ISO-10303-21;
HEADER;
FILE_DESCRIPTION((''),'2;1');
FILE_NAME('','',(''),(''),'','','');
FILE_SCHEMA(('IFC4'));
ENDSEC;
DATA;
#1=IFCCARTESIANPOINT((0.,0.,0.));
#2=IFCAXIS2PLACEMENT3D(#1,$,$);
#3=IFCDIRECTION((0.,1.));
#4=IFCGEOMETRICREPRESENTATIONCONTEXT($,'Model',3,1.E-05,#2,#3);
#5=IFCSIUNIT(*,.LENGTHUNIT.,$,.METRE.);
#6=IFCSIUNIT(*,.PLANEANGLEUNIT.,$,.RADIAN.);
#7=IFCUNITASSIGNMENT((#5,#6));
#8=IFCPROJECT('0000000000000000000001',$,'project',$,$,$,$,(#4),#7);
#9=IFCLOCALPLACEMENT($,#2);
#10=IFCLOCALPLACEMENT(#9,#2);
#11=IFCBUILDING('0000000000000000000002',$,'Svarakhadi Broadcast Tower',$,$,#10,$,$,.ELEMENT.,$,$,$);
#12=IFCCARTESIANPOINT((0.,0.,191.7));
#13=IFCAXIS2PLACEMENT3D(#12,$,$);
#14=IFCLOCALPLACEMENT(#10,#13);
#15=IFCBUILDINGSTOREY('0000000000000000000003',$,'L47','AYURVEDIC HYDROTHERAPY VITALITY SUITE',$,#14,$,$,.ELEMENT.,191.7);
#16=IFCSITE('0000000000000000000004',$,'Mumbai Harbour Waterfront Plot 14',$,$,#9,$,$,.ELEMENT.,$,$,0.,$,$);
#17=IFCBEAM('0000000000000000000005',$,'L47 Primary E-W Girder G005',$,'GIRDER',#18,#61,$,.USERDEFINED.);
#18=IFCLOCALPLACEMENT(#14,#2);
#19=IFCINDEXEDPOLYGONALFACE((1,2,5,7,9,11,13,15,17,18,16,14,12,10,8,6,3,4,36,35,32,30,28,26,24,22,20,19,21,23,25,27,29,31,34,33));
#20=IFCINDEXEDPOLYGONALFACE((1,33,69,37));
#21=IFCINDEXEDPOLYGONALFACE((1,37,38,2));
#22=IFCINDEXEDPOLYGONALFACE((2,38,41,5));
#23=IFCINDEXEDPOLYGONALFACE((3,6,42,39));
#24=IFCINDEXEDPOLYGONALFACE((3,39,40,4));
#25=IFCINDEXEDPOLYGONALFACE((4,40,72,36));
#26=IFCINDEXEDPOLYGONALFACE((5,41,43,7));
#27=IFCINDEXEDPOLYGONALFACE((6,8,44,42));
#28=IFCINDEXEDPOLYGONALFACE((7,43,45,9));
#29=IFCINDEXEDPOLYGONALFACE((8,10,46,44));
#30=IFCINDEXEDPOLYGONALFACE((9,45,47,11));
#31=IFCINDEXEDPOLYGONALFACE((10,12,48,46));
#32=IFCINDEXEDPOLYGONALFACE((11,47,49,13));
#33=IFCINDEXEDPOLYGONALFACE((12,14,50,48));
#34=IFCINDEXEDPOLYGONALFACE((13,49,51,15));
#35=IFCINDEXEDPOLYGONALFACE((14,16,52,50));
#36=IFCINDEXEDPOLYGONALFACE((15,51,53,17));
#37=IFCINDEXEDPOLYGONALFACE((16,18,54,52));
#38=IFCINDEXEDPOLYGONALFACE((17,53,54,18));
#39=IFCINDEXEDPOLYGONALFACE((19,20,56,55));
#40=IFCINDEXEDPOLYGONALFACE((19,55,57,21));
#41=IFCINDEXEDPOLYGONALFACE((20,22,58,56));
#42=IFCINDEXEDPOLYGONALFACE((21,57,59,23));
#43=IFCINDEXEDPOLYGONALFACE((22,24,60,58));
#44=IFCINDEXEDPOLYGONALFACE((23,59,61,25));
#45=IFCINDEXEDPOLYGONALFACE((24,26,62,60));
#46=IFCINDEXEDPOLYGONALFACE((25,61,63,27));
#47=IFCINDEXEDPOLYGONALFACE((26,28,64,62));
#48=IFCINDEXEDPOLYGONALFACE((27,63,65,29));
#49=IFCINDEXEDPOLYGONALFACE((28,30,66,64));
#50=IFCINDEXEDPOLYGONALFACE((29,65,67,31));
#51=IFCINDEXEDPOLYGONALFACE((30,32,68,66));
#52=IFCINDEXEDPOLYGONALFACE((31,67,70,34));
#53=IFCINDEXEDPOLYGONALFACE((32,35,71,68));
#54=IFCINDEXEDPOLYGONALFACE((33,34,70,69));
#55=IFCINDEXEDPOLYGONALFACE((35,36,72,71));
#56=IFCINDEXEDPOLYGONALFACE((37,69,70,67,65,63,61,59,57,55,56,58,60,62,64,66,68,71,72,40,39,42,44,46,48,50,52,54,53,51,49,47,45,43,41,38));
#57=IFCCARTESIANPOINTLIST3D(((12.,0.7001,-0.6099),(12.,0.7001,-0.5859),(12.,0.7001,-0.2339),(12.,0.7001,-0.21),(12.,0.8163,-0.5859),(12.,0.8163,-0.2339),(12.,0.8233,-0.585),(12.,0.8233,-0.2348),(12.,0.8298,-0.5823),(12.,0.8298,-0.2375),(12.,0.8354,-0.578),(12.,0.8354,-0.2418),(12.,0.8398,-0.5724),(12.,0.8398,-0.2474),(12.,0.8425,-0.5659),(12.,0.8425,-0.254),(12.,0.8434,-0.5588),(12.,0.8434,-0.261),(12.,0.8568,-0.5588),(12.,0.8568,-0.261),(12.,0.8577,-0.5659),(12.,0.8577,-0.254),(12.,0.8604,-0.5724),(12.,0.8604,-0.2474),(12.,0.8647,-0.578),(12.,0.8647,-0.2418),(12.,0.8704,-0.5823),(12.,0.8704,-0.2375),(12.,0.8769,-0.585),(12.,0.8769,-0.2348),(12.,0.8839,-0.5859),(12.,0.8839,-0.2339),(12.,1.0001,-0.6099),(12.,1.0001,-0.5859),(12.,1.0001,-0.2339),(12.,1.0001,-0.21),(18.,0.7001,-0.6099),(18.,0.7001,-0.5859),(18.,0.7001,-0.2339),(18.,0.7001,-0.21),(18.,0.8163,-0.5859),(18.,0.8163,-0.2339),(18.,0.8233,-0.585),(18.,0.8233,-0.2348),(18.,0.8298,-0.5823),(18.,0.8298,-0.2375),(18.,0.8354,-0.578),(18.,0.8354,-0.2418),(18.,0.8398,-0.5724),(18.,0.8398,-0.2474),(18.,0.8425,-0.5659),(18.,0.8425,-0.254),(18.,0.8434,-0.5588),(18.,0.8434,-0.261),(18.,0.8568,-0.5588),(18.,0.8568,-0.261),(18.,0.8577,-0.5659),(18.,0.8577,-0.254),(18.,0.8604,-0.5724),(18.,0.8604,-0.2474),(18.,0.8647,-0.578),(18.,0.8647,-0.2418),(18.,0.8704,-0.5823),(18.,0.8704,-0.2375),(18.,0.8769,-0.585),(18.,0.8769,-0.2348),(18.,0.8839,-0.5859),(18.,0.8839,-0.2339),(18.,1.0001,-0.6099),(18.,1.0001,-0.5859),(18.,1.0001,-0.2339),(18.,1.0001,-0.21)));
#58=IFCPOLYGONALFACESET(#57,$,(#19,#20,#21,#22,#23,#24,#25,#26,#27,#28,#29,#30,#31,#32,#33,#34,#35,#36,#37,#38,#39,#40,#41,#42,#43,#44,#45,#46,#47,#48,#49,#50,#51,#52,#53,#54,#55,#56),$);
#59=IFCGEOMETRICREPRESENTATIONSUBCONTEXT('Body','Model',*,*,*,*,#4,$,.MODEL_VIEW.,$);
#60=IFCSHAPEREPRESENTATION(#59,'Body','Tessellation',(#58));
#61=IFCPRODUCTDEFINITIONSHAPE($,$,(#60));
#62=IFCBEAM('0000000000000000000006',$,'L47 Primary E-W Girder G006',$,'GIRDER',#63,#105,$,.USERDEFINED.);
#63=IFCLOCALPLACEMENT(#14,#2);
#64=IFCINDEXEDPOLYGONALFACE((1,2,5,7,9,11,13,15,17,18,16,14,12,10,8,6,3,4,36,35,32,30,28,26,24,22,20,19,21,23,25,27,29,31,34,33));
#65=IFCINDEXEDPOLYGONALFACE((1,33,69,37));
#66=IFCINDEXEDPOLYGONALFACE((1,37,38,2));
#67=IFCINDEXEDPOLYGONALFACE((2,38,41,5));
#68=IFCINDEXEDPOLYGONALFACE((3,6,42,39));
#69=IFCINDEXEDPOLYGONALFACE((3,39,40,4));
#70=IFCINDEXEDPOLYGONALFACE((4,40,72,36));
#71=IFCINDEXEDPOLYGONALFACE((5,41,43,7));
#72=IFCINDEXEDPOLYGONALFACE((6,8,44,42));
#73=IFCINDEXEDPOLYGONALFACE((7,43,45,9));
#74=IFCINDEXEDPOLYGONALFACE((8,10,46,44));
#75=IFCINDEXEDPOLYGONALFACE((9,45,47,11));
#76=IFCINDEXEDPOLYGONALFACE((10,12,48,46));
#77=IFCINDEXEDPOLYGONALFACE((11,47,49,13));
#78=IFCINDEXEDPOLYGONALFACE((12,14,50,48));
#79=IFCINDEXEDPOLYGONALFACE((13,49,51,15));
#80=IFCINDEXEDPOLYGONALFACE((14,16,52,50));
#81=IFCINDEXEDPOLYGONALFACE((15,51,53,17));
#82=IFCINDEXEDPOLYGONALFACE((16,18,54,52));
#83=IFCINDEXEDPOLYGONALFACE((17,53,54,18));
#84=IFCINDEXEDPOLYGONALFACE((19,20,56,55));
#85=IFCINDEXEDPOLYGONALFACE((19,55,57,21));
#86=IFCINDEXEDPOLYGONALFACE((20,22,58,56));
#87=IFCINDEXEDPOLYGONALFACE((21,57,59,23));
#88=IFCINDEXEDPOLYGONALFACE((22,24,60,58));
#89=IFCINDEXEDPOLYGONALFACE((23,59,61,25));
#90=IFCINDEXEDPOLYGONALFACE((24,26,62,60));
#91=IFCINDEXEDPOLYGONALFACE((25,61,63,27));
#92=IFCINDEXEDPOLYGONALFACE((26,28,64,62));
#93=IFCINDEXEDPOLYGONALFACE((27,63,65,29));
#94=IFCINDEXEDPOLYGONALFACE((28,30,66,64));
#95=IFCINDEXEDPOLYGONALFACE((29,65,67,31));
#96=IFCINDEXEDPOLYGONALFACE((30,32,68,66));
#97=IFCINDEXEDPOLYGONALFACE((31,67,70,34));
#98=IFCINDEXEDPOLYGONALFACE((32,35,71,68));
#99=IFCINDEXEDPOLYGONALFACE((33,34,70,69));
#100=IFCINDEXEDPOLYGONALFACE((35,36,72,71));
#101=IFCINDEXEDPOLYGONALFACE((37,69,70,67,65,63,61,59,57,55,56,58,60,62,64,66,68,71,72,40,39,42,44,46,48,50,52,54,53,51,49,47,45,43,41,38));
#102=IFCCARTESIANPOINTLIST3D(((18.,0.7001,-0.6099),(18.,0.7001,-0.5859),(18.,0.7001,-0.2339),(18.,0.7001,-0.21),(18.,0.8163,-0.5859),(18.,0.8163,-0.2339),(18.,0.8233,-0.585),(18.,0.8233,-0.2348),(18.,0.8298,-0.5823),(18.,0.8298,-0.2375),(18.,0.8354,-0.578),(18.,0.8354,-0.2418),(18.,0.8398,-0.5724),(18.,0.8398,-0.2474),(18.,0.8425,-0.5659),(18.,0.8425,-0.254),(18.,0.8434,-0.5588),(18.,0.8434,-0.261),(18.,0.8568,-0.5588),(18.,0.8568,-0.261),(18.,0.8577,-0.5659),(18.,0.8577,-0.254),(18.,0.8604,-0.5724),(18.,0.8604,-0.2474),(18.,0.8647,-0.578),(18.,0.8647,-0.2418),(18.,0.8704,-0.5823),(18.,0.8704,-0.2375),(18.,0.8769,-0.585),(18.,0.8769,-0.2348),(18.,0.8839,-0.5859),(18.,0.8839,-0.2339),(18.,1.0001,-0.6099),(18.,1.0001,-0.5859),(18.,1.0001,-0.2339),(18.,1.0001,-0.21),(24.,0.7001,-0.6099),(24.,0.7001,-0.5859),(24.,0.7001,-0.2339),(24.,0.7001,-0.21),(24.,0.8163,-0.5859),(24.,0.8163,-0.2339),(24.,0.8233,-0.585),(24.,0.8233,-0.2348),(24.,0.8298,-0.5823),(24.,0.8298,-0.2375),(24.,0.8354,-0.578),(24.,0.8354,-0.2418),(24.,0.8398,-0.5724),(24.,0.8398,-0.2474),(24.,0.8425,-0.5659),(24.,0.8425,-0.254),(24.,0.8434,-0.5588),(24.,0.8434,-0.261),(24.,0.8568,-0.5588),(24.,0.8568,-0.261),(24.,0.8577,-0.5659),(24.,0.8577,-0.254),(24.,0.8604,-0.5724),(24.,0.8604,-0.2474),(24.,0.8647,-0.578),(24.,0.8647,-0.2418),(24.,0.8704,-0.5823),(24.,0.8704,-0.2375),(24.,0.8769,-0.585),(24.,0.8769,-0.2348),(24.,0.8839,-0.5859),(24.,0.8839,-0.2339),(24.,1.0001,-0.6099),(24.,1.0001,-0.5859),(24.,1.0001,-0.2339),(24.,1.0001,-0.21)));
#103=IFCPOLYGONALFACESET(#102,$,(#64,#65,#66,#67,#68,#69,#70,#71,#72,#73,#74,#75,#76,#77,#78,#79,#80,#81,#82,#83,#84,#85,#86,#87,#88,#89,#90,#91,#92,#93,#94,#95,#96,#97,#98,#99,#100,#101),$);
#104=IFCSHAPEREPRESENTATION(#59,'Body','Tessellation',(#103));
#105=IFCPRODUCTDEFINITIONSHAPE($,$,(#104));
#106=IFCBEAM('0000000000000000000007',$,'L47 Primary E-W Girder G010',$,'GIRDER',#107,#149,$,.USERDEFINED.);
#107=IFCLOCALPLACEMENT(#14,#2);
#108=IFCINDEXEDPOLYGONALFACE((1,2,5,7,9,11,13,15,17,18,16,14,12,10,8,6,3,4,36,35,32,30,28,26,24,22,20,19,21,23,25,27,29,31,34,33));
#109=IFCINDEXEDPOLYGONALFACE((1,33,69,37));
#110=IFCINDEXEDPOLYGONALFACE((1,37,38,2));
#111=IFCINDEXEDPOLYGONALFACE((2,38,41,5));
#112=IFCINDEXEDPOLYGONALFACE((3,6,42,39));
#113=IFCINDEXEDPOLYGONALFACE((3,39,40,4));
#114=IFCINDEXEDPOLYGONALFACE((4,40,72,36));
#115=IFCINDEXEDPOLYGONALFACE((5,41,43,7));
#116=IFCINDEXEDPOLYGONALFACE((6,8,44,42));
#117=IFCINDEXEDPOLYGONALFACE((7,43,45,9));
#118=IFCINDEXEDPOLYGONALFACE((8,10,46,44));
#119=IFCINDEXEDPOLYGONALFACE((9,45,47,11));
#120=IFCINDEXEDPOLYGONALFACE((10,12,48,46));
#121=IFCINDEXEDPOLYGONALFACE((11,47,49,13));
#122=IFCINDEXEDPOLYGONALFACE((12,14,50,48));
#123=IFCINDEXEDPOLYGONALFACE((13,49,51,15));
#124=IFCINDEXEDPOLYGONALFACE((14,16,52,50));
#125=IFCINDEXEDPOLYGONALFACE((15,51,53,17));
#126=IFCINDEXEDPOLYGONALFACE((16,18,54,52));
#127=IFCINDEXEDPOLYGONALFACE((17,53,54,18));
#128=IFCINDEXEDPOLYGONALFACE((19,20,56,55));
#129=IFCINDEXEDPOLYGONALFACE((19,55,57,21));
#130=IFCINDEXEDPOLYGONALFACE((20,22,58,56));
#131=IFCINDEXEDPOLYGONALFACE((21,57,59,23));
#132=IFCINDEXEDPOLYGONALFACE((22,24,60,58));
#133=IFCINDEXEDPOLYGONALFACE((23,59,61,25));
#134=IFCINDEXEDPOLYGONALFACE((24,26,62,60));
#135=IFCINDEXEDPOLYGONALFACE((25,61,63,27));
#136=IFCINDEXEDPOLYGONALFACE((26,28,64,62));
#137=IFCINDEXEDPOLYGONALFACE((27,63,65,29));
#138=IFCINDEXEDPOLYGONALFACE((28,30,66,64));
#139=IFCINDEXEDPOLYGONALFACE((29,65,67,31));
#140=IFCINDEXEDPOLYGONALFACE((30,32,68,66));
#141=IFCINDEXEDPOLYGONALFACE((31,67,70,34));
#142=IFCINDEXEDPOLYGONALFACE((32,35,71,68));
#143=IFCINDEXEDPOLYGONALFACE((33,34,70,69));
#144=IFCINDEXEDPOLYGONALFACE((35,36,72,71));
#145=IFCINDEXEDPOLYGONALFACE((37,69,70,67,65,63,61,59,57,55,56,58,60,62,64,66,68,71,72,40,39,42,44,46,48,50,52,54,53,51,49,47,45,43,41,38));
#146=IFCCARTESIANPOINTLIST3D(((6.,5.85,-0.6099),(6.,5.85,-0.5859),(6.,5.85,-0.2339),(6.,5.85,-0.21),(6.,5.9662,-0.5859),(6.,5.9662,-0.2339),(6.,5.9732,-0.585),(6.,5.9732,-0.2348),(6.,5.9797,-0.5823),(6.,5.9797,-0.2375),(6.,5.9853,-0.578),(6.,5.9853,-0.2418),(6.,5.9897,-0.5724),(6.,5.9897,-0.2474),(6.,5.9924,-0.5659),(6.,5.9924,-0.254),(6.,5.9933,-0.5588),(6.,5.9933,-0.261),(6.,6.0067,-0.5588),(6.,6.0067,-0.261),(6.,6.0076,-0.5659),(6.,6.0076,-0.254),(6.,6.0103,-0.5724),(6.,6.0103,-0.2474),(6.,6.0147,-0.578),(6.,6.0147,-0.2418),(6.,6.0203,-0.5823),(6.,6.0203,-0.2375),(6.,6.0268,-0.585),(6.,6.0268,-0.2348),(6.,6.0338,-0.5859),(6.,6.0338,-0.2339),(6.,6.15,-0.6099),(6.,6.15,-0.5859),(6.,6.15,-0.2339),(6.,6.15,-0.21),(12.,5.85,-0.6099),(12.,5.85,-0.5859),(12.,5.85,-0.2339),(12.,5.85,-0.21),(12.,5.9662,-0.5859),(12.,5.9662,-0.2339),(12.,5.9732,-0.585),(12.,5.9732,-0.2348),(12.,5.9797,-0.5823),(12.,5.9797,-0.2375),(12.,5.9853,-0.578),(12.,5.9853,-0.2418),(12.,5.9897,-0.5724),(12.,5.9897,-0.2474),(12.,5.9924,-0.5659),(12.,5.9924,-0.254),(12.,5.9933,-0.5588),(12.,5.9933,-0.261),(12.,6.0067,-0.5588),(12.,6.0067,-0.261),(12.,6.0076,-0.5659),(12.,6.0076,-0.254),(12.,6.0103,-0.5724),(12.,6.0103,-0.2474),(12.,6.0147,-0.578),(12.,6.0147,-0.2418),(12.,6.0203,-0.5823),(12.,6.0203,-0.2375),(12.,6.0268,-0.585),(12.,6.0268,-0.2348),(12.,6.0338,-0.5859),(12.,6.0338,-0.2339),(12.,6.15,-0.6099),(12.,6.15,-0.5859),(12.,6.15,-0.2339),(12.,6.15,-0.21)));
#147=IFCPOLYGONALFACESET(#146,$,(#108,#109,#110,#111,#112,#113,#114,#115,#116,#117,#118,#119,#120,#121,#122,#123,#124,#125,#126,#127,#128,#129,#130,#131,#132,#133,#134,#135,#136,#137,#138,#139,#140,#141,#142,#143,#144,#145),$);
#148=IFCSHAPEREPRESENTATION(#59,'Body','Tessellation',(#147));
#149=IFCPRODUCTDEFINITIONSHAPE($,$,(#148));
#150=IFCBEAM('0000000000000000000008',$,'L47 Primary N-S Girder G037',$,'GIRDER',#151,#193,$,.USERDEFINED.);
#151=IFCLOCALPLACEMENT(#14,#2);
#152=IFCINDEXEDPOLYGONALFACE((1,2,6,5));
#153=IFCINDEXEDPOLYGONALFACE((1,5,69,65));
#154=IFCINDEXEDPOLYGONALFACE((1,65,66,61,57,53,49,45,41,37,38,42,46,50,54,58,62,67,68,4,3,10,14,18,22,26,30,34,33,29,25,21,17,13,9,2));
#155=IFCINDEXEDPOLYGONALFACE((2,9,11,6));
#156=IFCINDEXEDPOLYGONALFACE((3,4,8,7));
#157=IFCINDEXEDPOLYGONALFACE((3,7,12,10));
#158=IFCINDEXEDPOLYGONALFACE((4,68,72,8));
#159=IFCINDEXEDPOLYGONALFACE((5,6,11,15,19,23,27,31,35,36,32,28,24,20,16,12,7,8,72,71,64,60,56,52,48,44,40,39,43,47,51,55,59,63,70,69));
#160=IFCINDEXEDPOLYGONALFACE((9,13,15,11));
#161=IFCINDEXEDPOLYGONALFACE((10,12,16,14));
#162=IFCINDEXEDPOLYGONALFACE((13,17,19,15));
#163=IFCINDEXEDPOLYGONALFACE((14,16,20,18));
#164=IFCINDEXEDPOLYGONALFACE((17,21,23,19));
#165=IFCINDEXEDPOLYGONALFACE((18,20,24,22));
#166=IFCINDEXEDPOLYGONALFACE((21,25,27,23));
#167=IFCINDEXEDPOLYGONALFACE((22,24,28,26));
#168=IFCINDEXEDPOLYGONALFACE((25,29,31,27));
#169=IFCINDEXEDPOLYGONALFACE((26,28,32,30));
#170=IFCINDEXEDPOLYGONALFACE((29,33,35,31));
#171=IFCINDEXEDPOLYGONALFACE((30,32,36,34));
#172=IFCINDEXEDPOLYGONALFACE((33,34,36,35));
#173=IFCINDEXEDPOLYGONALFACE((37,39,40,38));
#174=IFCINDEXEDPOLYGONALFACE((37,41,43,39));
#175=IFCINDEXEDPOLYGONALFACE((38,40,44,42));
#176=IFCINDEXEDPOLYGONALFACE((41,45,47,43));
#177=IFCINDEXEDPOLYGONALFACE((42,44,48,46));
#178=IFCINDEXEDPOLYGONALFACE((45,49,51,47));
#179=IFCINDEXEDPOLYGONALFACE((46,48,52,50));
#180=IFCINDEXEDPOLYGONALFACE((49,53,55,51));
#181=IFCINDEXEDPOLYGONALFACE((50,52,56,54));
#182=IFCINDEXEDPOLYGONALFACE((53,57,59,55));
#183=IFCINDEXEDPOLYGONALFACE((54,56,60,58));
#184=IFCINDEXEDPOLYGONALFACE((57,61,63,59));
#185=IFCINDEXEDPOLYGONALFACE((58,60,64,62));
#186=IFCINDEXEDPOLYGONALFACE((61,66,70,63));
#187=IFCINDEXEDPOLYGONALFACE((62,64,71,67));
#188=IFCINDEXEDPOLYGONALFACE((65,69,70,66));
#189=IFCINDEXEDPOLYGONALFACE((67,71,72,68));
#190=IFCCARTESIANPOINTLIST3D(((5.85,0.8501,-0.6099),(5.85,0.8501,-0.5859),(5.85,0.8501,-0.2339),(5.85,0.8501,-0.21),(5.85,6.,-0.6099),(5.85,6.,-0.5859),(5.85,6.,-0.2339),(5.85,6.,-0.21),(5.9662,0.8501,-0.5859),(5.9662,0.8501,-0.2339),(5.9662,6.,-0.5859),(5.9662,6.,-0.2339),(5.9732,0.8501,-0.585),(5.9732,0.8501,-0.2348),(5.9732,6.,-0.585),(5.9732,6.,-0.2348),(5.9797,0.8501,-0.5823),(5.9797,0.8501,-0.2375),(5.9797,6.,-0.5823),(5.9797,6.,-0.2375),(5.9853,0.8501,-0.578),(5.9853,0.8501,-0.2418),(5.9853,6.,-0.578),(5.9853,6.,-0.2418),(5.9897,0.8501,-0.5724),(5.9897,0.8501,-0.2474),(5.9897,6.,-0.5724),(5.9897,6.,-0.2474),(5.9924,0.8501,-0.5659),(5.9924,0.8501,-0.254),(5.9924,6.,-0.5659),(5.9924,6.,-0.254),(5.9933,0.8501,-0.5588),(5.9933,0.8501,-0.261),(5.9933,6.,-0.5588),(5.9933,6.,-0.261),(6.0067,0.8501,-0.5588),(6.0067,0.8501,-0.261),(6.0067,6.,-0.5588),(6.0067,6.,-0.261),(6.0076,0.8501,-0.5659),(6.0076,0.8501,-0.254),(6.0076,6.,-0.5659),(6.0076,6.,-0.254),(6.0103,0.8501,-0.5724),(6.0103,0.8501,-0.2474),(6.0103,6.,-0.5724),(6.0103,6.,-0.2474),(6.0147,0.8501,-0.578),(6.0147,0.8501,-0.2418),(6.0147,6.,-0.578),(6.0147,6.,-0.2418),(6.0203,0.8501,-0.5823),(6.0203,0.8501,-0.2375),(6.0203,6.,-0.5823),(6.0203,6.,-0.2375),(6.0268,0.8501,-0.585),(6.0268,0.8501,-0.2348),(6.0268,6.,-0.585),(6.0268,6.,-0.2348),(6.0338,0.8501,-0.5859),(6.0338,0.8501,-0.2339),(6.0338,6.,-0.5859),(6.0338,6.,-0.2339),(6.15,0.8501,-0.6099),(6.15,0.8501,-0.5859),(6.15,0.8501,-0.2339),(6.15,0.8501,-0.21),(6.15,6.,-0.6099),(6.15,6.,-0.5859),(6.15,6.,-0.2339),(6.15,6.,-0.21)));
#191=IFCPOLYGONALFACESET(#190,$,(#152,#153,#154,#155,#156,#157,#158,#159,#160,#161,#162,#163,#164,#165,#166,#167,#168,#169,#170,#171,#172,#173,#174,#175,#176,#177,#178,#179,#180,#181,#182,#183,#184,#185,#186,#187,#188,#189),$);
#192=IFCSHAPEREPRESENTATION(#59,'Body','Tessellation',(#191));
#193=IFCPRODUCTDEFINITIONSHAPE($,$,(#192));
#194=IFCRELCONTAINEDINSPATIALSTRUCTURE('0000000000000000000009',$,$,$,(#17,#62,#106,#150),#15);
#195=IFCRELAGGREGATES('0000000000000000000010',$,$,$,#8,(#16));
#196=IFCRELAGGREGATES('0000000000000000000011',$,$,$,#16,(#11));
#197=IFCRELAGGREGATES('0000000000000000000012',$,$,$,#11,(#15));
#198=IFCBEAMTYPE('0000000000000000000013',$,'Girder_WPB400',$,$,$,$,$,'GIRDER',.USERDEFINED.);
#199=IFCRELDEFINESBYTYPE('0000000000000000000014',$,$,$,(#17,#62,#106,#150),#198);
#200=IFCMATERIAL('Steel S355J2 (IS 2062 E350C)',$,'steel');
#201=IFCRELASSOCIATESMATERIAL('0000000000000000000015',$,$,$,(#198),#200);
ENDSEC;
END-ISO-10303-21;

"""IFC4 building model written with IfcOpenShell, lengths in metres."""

from ifc_helpers import new_model, si_unit, direction, frame, origin, origin_2d, place, context, subcontext, project, spatial, i_section, extrude, material, material_profile, profile_set, type_object, element, save


model = new_model("IFC4")

# Units and contexts
model_context = context("Model", 3, precision=1e-05, world=origin(), true_north=direction((0.0, 1.0)))
body_context = subcontext(model_context, "Body", "Model", "MODEL_VIEW")
ifc_project = project(units=[si_unit("LENGTHUNIT", "METRE"), si_unit("PLANEANGLEUNIT", "RADIAN")], contexts=[model_context])

# Site, building, storey
site_placement = place(None, origin())
site = spatial("IfcSite", under=ifc_project, at=site_placement, Name="Mumbai Harbour Waterfront Plot 14", CompositionType="ELEMENT", RefElevation=0.0)
building_placement = place(site_placement, origin())
building = spatial("IfcBuilding", under=site, at=building_placement, Name="Svarakhadi Broadcast Tower", CompositionType="ELEMENT")
storey_placement = place(building_placement, frame((0.0, 0.0, 191.7)))
storey = spatial("IfcBuildingStorey", under=building, at=storey_placement, Name="L47", Description="AYURVEDIC HYDROTHERAPY VITALITY SUITE", CompositionType="ELEMENT", Elevation=191.7)

# Shared definitions
ifc_material_1 = material(Name="Steel S355J2 (IS 2062 E350C)", Category="steel")

# Beams
ifc_material_profile_1 = material_profile(ifc_material_1, i_section(OverallWidth=0.3, OverallDepth=0.3999, WebThickness=0.0134, FlangeThickness=0.0239, FilletRadius=0.0271, at=origin_2d()), Name="WPB 400x300x155")
ifc_profile_set_1 = profile_set([ifc_material_profile_1], Name="Steel S355J2 (IS 2062 E350C)")
beam_type_1 = type_object("IfcBeamType", Name="Girder_WPB400", ElementType="GIRDER", PredefinedType="USERDEFINED", material=ifc_profile_set_1)
for number, where, z_axis, x_axis, name in (
    (1, (12.0, 0.8501, -0.4099), (1.0, 0.0, 0.0), (0.0, 1.0, 0.0), "L47 Primary E-W Girder G005"),
    (2, (18.0, 0.8501, -0.4099), (1.0, 0.0, 0.0), (0.0, 1.0, 0.0), "L47 Primary E-W Girder G006"),
    (3, (6.0, 6.0, -0.4099), (1.0, 0.0, 0.0), (0.0, 1.0, 0.0), "L47 Primary E-W Girder G010"),
):
    element("IfcBeam", number, at=place(storey_placement, frame(where, z_axis=z_axis, x_axis=x_axis)), inside=storey, type_object=beam_type_1, Name=name, ObjectType="GIRDER", PredefinedType="USERDEFINED", context=body_context, shape_type="SweptSolid", body=[
        extrude(i_section(OverallWidth=0.3, OverallDepth=0.3999, WebThickness=0.0134, FlangeThickness=0.0239, FilletRadius=0.0271, at=origin_2d()), origin(), (0.0, 0.0, 1.0), 6.0),
    ])
beam_1_placement = place(storey_placement, frame((6.0, 0.8501, -0.4099), z_axis=(0.0, 1.0, 0.0), x_axis=(-1.0, 0.0, 0.0)))
element("IfcBeam", 4, at=beam_1_placement, inside=storey, type_object=beam_type_1, Name="L47 Primary N-S Girder G037", ObjectType="GIRDER", PredefinedType="USERDEFINED", context=body_context, shape_type="SweptSolid", body=[
    extrude(i_section(OverallWidth=0.3, OverallDepth=0.3999, WebThickness=0.0134, FlangeThickness=0.0239, FilletRadius=0.0271, at=origin_2d()), origin(), (0.0, 0.0, 1.0), 5.1499),
])

save(model, "model.ifc")
